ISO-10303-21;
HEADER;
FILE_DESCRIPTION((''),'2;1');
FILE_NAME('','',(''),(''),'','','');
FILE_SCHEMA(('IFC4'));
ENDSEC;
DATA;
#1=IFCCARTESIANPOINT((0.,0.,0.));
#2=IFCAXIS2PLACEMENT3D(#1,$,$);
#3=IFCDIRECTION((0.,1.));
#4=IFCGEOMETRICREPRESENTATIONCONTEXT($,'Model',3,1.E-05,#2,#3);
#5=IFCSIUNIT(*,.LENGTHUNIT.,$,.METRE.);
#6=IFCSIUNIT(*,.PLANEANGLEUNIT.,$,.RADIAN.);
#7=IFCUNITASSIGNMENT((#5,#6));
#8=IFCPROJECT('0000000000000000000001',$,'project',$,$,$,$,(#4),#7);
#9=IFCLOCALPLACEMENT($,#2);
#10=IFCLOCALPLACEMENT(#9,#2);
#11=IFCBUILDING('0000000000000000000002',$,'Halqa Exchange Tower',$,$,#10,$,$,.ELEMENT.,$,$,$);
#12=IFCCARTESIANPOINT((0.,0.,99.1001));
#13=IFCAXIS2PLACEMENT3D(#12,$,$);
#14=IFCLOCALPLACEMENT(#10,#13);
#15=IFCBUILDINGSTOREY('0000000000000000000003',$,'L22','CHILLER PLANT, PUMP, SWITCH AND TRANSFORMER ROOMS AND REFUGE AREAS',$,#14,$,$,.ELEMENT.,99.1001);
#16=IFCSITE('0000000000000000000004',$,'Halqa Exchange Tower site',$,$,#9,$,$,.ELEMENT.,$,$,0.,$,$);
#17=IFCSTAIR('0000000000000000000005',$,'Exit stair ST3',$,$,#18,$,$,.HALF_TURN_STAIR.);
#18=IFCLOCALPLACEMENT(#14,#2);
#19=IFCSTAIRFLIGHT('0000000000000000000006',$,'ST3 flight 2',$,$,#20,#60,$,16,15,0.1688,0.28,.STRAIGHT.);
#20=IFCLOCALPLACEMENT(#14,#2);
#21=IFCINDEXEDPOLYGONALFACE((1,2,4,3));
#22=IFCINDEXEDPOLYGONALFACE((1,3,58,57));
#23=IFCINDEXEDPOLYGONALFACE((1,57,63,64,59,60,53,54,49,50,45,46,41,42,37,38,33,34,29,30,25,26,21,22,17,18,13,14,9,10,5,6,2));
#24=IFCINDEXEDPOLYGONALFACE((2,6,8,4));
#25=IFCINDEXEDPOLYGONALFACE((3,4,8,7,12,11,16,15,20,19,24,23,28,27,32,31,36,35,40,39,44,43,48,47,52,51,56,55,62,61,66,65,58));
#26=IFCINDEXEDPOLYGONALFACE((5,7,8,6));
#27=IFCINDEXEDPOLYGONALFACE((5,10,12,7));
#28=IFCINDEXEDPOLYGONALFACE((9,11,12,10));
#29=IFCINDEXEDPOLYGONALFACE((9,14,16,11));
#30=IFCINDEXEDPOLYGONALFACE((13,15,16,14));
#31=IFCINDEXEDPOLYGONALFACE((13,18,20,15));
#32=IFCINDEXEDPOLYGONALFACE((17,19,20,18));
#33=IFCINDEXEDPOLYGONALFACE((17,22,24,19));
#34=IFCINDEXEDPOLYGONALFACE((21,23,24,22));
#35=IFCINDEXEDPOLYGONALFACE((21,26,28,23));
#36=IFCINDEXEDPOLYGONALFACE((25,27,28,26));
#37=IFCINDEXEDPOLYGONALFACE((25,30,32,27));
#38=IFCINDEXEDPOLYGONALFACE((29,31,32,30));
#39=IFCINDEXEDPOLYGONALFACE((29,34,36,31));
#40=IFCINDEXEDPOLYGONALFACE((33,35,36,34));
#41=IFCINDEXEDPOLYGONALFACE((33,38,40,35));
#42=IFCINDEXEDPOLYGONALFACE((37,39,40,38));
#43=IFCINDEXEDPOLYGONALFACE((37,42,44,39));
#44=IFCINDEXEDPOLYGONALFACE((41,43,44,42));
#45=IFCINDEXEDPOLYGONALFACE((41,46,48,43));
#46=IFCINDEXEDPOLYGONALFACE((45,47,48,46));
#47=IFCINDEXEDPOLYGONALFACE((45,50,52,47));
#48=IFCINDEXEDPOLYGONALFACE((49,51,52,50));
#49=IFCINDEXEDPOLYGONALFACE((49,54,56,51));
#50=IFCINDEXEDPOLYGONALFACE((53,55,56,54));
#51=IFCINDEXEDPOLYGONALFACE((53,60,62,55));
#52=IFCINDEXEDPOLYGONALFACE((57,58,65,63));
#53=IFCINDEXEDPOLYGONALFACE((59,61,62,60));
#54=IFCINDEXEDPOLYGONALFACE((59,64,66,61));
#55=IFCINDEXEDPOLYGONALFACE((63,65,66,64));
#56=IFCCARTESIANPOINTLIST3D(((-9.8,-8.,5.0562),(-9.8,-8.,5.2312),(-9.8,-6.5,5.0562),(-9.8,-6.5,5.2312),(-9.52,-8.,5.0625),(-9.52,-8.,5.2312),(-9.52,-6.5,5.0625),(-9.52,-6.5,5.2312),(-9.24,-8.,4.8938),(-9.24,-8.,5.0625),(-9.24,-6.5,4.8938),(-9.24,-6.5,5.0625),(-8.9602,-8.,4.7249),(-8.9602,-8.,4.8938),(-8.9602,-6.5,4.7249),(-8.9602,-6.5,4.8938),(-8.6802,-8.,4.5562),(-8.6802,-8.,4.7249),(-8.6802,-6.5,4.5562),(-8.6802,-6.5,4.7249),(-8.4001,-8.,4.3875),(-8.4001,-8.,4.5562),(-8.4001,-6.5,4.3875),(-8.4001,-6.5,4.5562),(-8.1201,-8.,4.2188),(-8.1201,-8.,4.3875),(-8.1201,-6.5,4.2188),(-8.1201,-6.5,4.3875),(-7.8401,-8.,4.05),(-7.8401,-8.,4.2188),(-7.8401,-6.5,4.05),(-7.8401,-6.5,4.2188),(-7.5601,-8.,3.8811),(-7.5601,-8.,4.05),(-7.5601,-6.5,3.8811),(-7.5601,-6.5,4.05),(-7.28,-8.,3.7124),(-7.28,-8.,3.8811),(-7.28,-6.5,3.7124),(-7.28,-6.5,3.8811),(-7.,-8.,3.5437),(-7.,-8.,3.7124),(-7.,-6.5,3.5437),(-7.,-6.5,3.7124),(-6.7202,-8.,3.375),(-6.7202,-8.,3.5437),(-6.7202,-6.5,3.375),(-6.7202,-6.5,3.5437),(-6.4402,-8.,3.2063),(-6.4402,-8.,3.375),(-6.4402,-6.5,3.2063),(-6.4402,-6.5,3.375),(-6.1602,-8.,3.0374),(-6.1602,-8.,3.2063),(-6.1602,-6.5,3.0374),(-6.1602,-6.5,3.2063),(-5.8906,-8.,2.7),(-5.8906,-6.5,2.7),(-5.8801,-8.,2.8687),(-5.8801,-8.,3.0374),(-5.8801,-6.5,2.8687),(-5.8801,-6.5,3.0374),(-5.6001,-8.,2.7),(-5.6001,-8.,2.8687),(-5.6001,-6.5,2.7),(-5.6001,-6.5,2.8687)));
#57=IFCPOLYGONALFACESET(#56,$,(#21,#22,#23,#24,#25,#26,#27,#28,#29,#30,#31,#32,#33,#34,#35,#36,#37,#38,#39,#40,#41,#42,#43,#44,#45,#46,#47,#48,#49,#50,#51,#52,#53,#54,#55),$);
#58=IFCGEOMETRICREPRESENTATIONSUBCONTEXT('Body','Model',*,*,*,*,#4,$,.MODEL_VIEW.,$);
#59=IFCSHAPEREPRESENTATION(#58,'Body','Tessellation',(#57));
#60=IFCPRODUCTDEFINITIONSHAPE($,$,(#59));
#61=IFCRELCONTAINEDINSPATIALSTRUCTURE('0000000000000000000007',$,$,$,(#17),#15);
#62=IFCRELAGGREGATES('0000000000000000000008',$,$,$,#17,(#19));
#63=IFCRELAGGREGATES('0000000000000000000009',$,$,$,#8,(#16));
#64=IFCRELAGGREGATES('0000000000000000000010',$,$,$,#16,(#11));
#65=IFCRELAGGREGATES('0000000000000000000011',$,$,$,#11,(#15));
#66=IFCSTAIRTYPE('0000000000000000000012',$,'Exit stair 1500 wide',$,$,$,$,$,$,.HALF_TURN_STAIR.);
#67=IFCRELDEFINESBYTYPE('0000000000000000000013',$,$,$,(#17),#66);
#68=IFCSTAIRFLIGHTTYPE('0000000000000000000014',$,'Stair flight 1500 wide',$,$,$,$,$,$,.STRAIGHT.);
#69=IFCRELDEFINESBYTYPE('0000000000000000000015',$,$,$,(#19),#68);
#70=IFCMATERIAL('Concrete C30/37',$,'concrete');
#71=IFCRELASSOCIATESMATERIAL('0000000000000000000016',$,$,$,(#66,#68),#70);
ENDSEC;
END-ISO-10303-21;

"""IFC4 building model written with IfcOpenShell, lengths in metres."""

from ifc_helpers import new_model, si_unit, direction, frame, origin, place, context, subcontext, project, spatial, polyline, outline, extrude, material, type_object, element, aggregate, save


model = new_model("IFC4")

# Units and contexts
model_context = context("Model", 3, precision=1e-05, world=origin(), true_north=direction((0.0, 1.0)))
body_context = subcontext(model_context, "Body", "Model", "MODEL_VIEW")
ifc_project = project(units=[si_unit("LENGTHUNIT", "METRE"), si_unit("PLANEANGLEUNIT", "RADIAN")], contexts=[model_context])

# Site, building, storey
site_placement = place(None, origin())
site = spatial("IfcSite", under=ifc_project, at=site_placement, Name="Halqa Exchange Tower site", CompositionType="ELEMENT", RefElevation=0.0)
building_placement = place(site_placement, origin())
building = spatial("IfcBuilding", under=site, at=building_placement, Name="Halqa Exchange Tower", CompositionType="ELEMENT")
storey_placement = place(building_placement, frame((0.0, 0.0, 99.1001)))
storey = spatial("IfcBuildingStorey", under=building, at=storey_placement, Name="L22", Description="CHILLER PLANT, PUMP, SWITCH AND TRANSFORMER ROOMS AND REFUGE AREAS", CompositionType="ELEMENT", Elevation=99.1001)

# Shared definitions
ifc_material_1 = material(Name="Concrete C30/37", Category="concrete")

# Stair, stair flight
stair_type = type_object("IfcStairType", Name="Exit stair 1500 wide", PredefinedType="HALF_TURN_STAIR", material=ifc_material_1)
stair_placement = place(storey_placement, origin())
stair = element("IfcStair", 1, at=stair_placement, inside=storey, type_object=stair_type, Name="Exit stair ST3", PredefinedType="HALF_TURN_STAIR")
stair_flight_type = type_object("IfcStairFlightType", Name="Stair flight 1500 wide", PredefinedType="STRAIGHT", material=ifc_material_1)
stair_flight_1_placement = place(storey_placement, frame((-5.6001, -7.25, 2.7), z_axis=(0.0, 0.0, 1.0), x_axis=(-1.0, 0.0, 0.0)))
stair_flight_1 = element("IfcStairFlight", 2, at=stair_flight_1_placement, type_object=stair_flight_type, Name="ST3 flight 2", NumberOfRisers=16, NumberOfTreads=15, PredefinedType="STRAIGHT", RiserHeight=0.1688, TreadLength=0.28, context=body_context, shape_type="SweptSolid", body=[
    extrude(outline(polyline([(0.0, 0.0), (0.0, 0.1687), (0.28, 0.1687), (0.28, 0.3374), (0.5601, 0.3374), (0.5601, 0.5063), (0.8401, 0.5063), (0.8401, 0.675), (1.1201, 0.675), (1.1201, 0.8438), (1.3999, 0.8438), (1.3999, 1.0125), (1.6799, 1.0125), (1.6799, 1.1812), (1.96, 1.1812), (1.96, 1.3501), (2.24, 1.3501), (2.24, 1.5188), (2.52, 1.5188), (2.52, 1.6875), (2.8, 1.6875), (2.8, 1.8562), (3.0801, 1.8562), (3.0801, 2.0249), (3.3601, 2.0249), (3.3601, 2.1938), (3.6399, 2.1938), (3.6399, 2.3625), (3.9199, 2.3625), (3.9199, 2.5312), (4.2, 2.5312), (4.2, 2.7), (4.2, 2.3562), (0.2905, 0.0), (0.0, 0.0)])), frame((0.0, 0.75, 0.0), z_axis=(0.0, -1.0, 0.0), x_axis=(1.0, 0.0, 0.0)), (0.0, 0.0, 1.0), 1.5),
])
aggregate(stair, [stair_flight_1])

save(model, "model.ifc")
